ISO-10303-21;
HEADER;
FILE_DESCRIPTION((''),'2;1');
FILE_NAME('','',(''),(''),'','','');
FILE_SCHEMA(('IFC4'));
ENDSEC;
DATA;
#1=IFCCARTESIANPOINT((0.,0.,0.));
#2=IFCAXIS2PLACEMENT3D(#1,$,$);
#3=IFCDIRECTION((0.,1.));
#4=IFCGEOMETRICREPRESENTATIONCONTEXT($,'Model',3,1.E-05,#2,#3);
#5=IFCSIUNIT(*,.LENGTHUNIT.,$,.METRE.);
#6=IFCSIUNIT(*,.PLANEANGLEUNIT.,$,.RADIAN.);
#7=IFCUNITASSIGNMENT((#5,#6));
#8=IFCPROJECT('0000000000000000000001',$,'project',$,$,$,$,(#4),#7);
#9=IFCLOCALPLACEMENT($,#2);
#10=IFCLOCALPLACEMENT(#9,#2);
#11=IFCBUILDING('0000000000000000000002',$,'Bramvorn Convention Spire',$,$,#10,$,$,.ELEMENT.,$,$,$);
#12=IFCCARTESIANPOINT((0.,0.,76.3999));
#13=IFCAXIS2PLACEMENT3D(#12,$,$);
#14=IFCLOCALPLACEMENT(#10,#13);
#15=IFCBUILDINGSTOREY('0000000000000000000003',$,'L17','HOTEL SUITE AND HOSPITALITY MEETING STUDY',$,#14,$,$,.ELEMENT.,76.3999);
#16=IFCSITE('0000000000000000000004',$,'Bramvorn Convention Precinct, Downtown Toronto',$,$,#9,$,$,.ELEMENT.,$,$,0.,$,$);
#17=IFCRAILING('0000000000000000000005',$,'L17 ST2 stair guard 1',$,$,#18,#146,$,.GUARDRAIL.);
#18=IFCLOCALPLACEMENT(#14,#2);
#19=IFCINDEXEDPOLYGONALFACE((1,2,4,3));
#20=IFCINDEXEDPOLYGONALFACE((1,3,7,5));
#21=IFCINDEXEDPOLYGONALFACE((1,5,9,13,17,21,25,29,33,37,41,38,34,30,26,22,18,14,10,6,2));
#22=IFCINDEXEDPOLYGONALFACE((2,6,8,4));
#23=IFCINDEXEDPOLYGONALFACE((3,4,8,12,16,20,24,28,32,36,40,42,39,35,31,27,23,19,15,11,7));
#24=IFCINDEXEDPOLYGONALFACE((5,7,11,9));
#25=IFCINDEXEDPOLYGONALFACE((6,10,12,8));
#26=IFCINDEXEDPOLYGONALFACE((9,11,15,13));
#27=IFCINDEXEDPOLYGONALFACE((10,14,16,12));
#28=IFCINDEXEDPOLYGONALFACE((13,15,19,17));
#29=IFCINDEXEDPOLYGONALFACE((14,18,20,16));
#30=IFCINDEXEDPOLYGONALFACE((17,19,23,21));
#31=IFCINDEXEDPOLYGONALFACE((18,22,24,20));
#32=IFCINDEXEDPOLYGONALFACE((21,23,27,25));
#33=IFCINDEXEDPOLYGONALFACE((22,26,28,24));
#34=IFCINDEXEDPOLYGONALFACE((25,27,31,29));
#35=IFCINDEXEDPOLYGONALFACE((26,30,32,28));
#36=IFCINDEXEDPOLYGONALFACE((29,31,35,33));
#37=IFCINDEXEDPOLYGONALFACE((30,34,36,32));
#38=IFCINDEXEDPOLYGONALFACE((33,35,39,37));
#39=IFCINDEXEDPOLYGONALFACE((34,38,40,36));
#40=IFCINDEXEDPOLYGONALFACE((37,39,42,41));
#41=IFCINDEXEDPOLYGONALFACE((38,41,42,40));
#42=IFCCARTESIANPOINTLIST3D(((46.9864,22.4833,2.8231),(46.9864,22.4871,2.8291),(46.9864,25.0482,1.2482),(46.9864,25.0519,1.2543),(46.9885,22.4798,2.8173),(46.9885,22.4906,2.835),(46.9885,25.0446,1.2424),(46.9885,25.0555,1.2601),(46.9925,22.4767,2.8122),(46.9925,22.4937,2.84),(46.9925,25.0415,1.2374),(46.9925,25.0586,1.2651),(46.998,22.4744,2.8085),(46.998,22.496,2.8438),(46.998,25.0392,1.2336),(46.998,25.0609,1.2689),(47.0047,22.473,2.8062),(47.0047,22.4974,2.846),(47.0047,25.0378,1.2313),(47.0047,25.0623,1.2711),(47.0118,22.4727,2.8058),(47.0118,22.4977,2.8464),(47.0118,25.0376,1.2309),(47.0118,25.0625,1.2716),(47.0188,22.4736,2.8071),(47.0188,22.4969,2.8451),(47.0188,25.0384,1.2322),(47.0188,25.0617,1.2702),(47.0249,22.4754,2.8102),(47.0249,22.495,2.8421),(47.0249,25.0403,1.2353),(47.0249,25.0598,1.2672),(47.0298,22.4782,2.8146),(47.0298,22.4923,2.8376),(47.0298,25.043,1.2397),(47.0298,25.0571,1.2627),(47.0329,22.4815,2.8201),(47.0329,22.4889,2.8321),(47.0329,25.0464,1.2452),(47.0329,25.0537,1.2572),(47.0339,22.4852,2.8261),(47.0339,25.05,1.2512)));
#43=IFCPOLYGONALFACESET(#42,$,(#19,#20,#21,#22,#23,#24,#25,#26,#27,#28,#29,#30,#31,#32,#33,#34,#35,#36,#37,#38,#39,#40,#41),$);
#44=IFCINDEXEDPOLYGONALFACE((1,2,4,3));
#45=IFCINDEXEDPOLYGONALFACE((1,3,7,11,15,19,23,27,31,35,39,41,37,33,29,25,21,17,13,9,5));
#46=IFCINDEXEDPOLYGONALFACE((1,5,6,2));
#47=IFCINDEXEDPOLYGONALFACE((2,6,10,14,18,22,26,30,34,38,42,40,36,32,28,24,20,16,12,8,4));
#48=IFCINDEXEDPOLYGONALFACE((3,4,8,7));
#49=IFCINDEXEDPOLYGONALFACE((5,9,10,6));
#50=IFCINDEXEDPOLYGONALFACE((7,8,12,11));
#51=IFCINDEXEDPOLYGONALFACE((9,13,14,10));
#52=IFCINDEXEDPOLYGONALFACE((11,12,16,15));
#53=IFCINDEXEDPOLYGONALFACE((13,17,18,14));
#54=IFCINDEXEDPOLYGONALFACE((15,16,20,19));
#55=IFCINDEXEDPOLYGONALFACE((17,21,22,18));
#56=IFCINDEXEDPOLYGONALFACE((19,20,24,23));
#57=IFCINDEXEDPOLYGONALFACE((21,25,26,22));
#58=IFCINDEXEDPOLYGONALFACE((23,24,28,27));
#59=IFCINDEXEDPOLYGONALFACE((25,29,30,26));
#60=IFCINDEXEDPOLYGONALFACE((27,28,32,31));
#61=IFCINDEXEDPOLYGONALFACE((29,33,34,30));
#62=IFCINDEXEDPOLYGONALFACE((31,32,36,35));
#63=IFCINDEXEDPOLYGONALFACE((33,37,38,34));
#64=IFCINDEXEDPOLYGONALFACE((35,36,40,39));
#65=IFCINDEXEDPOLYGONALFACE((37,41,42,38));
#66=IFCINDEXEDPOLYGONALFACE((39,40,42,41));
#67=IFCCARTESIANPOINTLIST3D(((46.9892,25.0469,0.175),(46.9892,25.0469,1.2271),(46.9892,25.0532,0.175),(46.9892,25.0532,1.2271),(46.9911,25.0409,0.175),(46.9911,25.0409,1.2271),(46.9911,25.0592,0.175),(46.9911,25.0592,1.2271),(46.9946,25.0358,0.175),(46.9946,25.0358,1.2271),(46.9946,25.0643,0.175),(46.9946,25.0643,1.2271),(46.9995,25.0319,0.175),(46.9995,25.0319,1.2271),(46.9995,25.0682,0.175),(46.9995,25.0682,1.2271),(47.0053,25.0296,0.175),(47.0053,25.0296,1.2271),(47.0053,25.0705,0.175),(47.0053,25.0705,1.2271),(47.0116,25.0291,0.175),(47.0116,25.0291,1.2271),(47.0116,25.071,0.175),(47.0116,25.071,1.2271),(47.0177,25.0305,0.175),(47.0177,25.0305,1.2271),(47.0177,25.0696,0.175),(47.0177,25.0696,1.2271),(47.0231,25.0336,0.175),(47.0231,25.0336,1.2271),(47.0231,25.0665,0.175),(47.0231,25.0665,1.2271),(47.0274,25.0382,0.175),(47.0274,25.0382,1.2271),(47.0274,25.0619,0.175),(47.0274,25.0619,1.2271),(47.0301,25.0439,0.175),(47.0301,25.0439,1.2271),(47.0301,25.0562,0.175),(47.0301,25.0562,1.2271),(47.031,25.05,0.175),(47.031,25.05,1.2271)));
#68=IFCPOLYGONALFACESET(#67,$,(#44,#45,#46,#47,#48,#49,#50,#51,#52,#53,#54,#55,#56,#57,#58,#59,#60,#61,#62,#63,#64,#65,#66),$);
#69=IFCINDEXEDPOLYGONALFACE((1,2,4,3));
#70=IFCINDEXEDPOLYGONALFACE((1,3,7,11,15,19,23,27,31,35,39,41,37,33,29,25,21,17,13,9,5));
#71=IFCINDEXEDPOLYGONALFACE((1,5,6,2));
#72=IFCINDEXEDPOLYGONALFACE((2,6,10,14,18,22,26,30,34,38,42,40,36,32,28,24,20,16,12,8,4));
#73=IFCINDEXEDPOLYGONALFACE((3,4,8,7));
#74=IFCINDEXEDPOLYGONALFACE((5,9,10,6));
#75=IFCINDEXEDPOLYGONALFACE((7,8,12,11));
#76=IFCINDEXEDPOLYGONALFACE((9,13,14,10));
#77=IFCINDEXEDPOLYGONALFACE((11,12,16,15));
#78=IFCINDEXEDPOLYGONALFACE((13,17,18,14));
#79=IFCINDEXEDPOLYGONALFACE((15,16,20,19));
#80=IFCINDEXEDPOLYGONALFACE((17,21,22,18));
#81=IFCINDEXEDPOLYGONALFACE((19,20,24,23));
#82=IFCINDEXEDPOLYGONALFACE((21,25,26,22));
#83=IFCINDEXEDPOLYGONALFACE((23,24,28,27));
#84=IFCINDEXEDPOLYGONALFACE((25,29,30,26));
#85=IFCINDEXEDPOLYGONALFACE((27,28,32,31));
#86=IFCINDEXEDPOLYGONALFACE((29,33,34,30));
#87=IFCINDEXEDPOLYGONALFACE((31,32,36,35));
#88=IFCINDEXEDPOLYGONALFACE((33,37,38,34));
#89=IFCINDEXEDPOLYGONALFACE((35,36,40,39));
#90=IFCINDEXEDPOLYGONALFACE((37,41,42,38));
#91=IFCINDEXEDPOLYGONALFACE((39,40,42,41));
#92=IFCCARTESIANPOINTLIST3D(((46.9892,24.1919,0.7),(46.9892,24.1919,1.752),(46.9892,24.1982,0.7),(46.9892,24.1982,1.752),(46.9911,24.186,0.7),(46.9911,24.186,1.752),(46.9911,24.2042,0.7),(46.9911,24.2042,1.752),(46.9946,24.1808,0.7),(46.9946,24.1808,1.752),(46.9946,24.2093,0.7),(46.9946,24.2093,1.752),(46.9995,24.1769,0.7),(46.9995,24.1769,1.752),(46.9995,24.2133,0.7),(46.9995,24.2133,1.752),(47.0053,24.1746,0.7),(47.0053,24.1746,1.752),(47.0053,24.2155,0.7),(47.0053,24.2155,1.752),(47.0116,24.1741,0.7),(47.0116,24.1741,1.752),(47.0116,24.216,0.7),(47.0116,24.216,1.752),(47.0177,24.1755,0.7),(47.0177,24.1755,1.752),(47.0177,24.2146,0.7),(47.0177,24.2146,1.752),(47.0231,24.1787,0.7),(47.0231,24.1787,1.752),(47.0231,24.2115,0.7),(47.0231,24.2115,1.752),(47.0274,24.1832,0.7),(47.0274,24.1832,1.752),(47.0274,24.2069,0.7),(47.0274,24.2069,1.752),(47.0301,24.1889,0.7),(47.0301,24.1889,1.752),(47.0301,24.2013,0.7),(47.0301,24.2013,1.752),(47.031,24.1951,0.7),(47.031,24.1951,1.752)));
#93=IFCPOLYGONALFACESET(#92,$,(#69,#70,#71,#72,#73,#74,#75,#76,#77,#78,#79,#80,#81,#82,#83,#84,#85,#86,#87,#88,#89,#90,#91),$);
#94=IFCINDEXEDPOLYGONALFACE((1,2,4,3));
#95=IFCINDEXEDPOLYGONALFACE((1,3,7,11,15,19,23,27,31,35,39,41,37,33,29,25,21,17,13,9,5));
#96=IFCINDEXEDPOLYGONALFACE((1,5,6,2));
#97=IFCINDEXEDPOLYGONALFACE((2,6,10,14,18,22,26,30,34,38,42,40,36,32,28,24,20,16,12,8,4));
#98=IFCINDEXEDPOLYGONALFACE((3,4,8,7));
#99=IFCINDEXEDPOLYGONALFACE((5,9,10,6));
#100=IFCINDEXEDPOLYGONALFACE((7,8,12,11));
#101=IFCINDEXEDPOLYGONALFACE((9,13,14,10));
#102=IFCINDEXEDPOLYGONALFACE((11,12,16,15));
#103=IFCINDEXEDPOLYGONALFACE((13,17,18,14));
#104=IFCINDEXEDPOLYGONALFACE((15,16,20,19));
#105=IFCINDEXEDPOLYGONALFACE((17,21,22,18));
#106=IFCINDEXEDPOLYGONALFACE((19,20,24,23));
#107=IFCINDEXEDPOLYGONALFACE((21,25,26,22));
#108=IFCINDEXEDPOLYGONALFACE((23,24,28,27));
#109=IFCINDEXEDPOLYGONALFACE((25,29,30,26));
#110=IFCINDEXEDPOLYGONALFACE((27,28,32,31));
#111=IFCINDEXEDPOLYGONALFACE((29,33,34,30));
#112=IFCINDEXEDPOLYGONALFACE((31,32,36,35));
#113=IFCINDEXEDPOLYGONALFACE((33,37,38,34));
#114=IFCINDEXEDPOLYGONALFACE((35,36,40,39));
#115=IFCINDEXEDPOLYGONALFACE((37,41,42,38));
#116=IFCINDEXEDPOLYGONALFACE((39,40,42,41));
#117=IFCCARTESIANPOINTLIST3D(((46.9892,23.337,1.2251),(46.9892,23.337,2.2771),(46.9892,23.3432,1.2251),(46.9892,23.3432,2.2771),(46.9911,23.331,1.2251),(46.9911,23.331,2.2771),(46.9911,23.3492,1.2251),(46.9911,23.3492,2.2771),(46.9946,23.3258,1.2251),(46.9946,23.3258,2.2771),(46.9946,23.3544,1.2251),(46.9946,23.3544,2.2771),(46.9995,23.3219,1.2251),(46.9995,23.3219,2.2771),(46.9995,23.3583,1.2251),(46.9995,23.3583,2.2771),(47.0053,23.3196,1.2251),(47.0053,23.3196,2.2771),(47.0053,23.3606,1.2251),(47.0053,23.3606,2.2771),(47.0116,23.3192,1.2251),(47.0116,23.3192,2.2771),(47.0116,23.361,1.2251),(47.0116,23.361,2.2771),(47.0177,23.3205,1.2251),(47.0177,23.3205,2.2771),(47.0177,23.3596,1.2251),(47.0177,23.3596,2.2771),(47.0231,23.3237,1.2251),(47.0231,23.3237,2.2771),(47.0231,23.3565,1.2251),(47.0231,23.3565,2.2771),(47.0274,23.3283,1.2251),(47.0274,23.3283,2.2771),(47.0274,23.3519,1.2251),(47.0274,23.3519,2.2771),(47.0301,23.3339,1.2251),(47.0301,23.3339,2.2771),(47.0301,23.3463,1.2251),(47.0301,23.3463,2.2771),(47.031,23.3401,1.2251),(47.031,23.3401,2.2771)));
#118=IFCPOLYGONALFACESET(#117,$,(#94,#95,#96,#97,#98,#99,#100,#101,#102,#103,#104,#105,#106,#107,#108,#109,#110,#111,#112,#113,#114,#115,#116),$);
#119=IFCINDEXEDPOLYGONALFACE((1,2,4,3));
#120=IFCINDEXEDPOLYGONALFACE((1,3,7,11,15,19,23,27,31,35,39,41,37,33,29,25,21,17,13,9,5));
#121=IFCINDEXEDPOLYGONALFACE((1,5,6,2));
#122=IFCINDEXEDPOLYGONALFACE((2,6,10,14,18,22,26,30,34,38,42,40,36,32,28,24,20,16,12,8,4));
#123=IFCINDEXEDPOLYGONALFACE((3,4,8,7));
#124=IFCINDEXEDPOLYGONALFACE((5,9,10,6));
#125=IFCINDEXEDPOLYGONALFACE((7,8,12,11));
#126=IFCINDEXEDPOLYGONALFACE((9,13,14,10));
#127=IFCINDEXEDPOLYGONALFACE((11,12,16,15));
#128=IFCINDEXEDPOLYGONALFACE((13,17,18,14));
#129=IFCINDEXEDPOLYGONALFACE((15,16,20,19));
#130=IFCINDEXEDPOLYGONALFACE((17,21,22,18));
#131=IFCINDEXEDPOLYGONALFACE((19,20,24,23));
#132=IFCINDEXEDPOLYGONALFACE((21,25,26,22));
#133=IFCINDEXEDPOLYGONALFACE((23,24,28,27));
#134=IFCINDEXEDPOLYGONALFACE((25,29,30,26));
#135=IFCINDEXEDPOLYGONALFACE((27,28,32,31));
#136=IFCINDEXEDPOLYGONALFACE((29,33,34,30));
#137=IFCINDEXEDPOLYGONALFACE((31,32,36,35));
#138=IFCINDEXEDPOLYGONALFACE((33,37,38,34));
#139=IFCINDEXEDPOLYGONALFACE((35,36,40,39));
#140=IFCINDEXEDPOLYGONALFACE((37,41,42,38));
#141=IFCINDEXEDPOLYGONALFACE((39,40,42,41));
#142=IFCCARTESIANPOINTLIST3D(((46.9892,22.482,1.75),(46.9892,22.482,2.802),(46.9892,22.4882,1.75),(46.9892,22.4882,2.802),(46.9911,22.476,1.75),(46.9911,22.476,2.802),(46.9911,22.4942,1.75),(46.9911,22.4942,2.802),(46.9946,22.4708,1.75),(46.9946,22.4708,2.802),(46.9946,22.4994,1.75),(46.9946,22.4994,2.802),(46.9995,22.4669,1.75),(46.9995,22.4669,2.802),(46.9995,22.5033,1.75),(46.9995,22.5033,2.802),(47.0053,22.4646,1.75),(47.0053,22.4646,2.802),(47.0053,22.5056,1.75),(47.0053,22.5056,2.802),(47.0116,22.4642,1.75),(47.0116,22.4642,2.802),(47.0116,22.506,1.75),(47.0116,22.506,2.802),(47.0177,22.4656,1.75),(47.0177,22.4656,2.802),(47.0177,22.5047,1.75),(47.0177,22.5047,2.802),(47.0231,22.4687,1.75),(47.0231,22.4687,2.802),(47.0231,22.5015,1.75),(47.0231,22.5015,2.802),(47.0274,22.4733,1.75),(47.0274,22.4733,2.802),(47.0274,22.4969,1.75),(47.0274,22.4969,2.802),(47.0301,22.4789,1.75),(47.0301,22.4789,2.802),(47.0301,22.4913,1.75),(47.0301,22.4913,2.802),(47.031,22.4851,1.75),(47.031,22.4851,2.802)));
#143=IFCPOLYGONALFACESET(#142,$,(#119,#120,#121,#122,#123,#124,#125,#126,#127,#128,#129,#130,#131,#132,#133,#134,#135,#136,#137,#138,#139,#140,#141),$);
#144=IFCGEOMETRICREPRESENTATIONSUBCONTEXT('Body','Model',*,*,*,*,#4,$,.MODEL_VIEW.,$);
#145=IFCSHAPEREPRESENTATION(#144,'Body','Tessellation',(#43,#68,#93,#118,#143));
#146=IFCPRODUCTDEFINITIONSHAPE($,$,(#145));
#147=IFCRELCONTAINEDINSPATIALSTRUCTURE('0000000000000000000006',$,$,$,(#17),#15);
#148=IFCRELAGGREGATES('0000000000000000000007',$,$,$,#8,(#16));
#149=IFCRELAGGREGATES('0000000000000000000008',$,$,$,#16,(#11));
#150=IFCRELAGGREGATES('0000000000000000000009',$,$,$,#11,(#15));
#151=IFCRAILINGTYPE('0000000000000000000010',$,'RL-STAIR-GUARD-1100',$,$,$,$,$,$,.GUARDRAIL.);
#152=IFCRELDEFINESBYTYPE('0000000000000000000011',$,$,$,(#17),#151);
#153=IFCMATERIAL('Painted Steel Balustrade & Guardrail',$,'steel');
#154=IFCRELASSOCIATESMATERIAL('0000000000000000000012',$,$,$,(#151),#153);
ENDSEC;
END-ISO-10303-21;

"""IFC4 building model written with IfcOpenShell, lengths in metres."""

from ifc_helpers import new_model, si_unit, direction, frame, origin, origin_2d, place, context, subcontext, project, spatial, circle, extrude, material, type_object, element, save


model = new_model("IFC4")

# Units and contexts
model_context = context("Model", 3, precision=1e-05, world=origin(), true_north=direction((0.0, 1.0)))
body_context = subcontext(model_context, "Body", "Model", "MODEL_VIEW")
ifc_project = project(units=[si_unit("LENGTHUNIT", "METRE"), si_unit("PLANEANGLEUNIT", "RADIAN")], contexts=[model_context])

# Site, building, storey
site_placement = place(None, origin())
site = spatial("IfcSite", under=ifc_project, at=site_placement, Name="Bramvorn Convention Precinct, Downtown Toronto", CompositionType="ELEMENT", RefElevation=0.0)
building_placement = place(site_placement, origin())
building = spatial("IfcBuilding", under=site, at=building_placement, Name="Bramvorn Convention Spire", CompositionType="ELEMENT")
storey_placement = place(building_placement, frame((0.0, 0.0, 76.3999)))
storey = spatial("IfcBuildingStorey", under=building, at=storey_placement, Name="L17", Description="HOTEL SUITE AND HOSPITALITY MEETING STUDY", CompositionType="ELEMENT", Elevation=76.3999)

# Railing
ifc_material_1 = material(Name="Painted Steel Balustrade & Guardrail", Category="steel")
railing_type_1 = type_object("IfcRailingType", Name="RL-STAIR-GUARD-1100", PredefinedType="GUARDRAIL", material=ifc_material_1)
railing_1_placement = place(storey_placement, frame((47.01, 25.05, 0.175)))
element("IfcRailing", 1, at=railing_1_placement, inside=storey, type_object=railing_type_1, Name="L17 ST2 stair guard 1", PredefinedType="GUARDRAIL", context=body_context, shape_type="SweptSolid", body=[
    extrude(circle(Radius=0.0239, at=origin_2d()), frame((0.0, 0.0, 1.0762), z_axis=(0.0, -0.852173, 0.52326), x_axis=(1.0, 0.0, 0.0)), (0.0, 0.0, 1.0), 3.0098),
    extrude(circle(Radius=0.021, at=origin_2d()), origin(), (0.0, 0.0, 1.0), 1.052),
    extrude(circle(Radius=0.021, at=origin_2d()), frame((0.0, -0.855, 0.5249)), (0.0, 0.0, 1.0), 1.052),
    extrude(circle(Radius=0.021, at=origin_2d()), frame((0.0, -1.71, 1.05)), (0.0, 0.0, 1.0), 1.052),
    extrude(circle(Radius=0.021, at=origin_2d()), frame((0.0, -2.5649, 1.575)), (0.0, 0.0, 1.0), 1.052),
])

save(model, "model.ifc")
